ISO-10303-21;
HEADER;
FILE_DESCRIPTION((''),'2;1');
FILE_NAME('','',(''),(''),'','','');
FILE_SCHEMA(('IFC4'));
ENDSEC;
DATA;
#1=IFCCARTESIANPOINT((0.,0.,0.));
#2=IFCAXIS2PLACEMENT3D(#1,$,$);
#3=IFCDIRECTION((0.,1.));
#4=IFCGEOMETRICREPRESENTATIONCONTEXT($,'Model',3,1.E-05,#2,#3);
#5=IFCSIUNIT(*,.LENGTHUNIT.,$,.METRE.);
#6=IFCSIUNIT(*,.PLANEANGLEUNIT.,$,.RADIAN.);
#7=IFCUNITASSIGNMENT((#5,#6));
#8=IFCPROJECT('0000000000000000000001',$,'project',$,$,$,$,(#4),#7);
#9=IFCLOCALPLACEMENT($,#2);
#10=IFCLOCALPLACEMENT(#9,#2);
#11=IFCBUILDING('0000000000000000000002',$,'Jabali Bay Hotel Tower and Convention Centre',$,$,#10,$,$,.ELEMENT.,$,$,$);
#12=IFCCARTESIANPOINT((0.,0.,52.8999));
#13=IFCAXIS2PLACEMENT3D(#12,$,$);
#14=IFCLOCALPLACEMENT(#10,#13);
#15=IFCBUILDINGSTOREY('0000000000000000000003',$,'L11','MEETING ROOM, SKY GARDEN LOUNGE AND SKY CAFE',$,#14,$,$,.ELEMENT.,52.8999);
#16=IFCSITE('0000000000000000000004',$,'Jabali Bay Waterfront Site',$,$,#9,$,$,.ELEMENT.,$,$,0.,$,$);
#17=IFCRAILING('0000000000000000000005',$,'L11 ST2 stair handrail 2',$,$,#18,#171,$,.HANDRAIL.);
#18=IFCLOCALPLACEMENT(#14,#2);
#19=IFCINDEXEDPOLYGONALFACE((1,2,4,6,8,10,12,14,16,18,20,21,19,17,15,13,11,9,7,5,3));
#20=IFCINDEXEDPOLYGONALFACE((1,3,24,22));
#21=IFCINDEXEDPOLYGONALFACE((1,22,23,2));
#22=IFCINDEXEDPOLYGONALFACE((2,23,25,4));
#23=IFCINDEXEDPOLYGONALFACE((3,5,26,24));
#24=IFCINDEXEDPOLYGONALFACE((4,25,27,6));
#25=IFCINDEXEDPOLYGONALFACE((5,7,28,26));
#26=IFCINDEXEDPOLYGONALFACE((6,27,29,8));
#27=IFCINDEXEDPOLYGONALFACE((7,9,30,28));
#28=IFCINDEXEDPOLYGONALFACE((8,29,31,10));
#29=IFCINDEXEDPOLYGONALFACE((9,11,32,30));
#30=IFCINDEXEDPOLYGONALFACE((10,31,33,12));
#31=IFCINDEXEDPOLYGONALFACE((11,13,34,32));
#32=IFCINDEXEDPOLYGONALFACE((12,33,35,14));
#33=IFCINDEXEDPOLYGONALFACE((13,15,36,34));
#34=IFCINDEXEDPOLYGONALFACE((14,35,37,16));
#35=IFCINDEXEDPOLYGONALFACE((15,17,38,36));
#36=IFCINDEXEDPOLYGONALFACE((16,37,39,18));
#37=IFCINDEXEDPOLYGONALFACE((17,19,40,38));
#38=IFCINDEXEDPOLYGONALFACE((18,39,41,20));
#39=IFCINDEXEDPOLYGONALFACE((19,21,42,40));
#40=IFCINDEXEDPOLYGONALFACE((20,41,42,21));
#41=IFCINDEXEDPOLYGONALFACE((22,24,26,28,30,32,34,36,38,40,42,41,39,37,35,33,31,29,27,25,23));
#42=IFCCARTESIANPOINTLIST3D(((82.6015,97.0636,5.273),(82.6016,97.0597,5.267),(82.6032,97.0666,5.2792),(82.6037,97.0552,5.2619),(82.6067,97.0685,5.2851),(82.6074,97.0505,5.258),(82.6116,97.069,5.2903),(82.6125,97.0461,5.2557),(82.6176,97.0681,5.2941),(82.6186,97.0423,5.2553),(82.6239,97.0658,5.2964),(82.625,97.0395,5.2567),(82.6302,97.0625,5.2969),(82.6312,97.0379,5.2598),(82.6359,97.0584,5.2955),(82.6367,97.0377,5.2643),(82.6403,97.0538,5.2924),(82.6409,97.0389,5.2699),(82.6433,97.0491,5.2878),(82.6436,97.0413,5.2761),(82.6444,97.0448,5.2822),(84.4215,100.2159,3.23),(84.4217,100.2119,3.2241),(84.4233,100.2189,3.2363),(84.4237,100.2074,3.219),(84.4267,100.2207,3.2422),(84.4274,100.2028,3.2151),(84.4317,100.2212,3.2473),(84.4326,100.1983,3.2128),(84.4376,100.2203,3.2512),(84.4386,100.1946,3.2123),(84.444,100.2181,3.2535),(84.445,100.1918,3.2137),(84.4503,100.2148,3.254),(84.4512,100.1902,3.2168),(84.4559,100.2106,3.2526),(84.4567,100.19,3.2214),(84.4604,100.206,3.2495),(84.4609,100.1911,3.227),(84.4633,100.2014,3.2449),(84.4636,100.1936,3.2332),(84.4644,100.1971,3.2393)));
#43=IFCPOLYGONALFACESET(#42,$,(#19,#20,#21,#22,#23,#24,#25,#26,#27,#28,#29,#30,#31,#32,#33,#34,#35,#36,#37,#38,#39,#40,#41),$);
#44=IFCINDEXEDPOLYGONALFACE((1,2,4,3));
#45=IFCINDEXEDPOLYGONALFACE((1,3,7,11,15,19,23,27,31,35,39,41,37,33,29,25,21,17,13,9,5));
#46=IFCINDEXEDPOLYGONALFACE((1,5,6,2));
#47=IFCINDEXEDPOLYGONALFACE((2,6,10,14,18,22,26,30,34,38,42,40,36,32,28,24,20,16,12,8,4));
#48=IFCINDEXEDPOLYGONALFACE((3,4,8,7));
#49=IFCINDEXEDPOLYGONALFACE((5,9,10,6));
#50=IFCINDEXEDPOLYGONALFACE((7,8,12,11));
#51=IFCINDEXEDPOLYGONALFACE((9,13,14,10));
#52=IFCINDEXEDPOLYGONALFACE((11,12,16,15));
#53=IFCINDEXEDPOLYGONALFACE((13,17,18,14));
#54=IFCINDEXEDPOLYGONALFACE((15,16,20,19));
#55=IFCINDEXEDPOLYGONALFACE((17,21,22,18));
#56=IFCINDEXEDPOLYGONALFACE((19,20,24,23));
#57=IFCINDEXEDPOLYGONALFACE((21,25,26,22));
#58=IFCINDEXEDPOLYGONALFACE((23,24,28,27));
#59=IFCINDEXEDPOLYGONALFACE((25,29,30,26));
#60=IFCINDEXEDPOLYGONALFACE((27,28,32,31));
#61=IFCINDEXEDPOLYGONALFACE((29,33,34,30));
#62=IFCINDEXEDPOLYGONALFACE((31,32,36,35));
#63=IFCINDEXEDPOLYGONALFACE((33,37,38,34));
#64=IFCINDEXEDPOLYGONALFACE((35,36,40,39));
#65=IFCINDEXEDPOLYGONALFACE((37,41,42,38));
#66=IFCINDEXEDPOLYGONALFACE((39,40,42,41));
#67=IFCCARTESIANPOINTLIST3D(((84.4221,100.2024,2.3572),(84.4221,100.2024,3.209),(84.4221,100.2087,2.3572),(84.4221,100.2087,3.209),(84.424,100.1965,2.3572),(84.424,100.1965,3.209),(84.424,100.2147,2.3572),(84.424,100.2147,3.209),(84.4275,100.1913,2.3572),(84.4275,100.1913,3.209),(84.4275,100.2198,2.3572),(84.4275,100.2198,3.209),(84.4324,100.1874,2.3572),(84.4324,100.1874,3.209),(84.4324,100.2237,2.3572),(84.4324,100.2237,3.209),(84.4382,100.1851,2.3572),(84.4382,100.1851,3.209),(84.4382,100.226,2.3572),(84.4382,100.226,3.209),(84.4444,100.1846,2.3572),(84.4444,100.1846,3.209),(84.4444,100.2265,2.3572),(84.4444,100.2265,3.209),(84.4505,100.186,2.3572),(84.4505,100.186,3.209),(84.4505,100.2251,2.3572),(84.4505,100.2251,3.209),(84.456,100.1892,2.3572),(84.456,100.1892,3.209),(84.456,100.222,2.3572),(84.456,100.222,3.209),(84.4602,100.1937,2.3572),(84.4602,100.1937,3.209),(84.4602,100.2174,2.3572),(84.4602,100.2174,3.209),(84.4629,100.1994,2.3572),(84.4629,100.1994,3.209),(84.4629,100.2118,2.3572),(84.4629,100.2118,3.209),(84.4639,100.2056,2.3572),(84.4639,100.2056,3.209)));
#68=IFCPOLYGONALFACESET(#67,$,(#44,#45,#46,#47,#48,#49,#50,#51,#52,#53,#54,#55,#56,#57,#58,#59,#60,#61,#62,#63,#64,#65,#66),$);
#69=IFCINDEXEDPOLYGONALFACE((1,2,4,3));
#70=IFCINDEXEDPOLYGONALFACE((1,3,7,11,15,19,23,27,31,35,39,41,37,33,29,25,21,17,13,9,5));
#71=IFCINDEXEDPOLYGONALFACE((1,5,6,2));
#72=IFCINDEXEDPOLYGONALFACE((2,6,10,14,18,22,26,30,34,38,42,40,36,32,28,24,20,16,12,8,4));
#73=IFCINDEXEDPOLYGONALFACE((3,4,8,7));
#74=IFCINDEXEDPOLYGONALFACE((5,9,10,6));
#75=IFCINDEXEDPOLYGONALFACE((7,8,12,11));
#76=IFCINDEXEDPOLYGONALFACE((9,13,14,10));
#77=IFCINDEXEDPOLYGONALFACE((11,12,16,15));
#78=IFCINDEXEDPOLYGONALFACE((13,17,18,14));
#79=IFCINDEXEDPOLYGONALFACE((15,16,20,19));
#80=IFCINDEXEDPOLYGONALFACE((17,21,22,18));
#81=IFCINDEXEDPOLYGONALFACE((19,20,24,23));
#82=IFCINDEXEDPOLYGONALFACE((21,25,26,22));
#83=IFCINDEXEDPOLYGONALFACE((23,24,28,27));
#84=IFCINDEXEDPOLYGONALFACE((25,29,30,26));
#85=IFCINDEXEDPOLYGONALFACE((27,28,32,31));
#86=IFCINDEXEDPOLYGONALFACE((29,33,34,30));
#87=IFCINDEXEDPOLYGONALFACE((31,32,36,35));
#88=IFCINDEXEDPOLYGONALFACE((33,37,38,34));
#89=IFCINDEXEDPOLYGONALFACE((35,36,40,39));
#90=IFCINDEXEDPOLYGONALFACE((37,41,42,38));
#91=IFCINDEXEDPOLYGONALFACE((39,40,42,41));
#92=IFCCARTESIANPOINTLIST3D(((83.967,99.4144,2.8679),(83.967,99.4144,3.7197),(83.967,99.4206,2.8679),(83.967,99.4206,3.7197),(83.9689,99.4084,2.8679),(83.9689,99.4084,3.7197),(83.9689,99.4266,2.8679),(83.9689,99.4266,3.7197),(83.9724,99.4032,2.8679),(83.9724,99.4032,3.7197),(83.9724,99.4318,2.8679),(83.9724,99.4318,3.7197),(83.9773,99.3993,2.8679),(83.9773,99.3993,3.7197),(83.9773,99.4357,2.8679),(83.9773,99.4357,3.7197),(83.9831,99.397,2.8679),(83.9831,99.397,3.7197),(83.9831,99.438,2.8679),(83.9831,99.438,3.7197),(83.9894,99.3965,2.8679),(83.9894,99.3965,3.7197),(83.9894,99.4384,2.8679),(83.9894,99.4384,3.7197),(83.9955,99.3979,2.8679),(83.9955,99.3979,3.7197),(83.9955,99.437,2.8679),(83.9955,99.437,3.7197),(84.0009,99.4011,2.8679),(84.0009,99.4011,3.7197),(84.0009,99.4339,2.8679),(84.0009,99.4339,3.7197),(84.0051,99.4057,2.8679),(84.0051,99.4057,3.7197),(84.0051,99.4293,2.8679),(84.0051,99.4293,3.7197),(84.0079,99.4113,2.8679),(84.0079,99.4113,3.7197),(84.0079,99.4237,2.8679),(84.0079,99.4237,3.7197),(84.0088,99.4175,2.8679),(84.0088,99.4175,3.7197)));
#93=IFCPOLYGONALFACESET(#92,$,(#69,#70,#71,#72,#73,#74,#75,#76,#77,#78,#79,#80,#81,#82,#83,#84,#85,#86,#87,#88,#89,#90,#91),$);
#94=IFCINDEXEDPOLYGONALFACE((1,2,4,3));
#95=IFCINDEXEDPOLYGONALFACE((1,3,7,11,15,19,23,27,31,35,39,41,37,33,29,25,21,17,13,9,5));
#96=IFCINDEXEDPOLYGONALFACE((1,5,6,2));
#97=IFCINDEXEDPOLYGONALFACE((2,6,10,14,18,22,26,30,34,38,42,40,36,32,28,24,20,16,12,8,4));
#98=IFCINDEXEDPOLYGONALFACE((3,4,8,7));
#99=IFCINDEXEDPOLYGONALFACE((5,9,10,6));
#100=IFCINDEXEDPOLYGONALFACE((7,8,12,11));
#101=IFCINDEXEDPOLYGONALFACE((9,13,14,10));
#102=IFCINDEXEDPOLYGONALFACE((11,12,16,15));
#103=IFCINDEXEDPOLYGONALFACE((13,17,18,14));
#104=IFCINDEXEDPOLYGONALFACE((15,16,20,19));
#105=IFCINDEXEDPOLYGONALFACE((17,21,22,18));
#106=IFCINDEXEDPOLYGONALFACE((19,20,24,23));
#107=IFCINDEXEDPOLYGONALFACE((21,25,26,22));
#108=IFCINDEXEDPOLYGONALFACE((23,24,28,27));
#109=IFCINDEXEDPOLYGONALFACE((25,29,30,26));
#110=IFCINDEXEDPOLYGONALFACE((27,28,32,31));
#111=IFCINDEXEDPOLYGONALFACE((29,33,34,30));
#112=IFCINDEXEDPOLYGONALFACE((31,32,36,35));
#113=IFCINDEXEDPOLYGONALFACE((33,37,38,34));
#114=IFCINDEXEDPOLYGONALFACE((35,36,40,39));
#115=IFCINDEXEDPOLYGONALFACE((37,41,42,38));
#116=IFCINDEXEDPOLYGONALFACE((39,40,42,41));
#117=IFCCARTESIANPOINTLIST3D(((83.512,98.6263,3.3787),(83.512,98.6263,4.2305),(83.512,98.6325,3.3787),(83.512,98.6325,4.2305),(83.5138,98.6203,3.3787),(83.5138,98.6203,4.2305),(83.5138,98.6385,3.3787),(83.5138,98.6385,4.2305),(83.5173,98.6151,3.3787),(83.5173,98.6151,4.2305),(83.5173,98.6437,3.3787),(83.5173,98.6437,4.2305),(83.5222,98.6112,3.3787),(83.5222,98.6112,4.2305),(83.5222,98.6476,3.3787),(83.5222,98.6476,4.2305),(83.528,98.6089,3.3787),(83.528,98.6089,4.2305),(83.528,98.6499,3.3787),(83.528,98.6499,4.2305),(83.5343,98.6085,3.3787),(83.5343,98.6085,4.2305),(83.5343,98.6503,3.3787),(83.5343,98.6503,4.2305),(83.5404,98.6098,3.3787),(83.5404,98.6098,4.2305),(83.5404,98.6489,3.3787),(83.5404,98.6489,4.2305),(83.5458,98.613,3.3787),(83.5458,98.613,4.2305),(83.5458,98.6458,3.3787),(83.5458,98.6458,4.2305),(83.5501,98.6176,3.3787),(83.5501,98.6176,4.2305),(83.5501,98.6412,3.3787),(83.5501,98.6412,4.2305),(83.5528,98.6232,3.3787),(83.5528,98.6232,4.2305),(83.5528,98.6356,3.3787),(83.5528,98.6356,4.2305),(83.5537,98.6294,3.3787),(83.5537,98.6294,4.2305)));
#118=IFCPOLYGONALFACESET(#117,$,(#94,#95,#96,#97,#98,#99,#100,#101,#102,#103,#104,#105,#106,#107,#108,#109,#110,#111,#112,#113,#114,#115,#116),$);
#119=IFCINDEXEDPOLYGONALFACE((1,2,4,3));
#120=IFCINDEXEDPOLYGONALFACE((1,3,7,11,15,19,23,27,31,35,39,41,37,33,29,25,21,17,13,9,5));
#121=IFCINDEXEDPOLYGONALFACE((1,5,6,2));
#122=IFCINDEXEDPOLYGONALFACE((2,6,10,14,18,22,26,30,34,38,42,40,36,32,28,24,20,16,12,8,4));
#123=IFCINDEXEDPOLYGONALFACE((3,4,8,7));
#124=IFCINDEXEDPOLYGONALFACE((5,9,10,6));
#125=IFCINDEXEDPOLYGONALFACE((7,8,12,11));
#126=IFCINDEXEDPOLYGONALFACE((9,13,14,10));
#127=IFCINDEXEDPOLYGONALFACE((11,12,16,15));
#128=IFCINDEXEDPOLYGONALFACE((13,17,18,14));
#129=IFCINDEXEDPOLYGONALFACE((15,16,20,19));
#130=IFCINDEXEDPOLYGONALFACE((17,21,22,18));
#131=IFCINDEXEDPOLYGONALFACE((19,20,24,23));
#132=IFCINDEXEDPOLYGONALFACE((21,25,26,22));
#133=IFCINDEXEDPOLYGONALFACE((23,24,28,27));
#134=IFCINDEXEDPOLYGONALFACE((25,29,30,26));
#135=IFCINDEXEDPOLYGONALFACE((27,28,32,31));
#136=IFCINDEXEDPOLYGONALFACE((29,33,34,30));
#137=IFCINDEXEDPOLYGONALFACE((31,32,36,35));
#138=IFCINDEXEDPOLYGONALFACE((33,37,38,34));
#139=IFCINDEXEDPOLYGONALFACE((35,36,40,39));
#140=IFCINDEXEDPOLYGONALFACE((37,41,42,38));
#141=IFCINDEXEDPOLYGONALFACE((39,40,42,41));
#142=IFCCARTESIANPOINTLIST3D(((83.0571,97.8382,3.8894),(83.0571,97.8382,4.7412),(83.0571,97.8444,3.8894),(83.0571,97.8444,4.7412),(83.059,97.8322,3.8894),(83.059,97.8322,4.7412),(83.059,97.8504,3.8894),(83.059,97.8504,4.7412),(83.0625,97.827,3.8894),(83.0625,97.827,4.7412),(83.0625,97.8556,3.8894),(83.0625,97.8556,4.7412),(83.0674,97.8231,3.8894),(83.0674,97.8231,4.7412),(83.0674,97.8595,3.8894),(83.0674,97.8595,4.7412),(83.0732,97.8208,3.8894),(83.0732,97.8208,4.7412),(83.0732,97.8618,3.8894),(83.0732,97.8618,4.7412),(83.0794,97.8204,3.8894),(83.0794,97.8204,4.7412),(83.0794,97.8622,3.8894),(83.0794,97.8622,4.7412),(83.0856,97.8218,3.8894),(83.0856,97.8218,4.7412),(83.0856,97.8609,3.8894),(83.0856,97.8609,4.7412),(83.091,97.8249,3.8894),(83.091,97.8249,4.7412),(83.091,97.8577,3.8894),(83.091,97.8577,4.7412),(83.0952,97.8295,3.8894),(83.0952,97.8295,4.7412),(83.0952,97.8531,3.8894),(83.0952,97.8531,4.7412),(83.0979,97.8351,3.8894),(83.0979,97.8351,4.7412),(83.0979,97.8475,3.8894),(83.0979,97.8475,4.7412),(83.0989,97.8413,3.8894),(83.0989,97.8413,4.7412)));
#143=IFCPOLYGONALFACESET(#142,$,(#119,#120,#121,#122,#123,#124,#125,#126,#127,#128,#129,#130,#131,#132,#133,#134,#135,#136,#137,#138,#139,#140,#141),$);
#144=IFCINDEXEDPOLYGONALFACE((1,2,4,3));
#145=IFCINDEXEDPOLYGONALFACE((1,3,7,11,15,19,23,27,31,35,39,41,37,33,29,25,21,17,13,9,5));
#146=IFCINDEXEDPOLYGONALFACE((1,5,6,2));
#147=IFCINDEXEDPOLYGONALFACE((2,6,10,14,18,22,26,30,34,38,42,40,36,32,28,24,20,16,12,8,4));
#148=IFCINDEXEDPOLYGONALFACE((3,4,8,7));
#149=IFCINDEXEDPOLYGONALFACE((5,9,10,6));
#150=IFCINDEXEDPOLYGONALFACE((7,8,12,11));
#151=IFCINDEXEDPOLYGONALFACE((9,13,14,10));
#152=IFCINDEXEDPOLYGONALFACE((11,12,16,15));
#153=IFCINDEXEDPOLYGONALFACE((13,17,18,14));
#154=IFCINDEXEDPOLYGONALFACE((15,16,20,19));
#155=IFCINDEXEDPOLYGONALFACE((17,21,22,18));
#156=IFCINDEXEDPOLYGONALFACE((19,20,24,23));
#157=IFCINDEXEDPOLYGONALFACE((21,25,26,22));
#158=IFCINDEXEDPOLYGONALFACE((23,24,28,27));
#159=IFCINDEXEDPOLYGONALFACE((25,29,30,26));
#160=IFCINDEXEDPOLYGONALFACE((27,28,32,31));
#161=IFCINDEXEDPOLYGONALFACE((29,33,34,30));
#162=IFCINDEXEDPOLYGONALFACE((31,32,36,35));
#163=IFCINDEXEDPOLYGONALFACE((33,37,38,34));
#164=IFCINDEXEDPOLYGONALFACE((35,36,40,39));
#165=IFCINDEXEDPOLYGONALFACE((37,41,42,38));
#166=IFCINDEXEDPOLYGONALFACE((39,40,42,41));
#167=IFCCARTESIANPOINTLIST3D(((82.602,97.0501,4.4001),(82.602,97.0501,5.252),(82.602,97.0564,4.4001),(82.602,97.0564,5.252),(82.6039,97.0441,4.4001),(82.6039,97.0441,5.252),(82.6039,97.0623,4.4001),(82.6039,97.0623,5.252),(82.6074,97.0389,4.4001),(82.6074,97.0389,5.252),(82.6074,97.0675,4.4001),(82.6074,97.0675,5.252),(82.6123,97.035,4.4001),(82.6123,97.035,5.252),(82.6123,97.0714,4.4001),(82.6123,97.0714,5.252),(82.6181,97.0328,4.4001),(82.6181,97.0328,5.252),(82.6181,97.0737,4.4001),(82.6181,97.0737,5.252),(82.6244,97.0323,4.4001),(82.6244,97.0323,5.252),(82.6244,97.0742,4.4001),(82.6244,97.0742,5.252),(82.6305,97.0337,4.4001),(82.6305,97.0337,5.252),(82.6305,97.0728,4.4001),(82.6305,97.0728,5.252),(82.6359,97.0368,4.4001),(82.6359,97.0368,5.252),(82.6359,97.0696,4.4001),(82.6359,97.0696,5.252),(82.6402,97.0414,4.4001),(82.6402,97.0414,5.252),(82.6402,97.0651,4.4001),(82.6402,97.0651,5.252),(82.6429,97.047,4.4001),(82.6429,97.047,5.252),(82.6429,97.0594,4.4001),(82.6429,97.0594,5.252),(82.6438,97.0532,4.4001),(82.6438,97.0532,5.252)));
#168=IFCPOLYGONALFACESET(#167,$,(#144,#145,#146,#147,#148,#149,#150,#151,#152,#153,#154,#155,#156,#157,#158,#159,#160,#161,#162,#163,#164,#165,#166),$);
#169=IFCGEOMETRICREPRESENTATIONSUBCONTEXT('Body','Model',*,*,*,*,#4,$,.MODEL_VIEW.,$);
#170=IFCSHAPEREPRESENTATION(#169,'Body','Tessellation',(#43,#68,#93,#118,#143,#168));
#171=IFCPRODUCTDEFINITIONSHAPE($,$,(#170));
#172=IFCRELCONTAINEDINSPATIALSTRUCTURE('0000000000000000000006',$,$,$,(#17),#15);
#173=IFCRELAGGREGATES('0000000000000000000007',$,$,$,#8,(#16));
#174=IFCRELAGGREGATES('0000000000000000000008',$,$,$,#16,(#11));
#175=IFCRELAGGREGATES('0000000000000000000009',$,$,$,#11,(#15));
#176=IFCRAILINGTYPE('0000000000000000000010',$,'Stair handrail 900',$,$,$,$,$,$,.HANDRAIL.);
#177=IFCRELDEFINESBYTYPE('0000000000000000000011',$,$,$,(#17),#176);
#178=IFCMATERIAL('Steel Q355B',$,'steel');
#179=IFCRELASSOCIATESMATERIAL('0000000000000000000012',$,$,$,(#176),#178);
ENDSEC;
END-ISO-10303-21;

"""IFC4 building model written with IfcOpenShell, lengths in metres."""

from ifc_helpers import new_model, si_unit, direction, frame, origin, origin_2d, place, context, subcontext, project, spatial, circle, extrude, material, type_object, element, save


model = new_model("IFC4")

# Units and contexts
model_context = context("Model", 3, precision=1e-05, world=origin(), true_north=direction((0.0, 1.0)))
body_context = subcontext(model_context, "Body", "Model", "MODEL_VIEW")
ifc_project = project(units=[si_unit("LENGTHUNIT", "METRE"), si_unit("PLANEANGLEUNIT", "RADIAN")], contexts=[model_context])

# Site, building, storey
site_placement = place(None, origin())
site = spatial("IfcSite", under=ifc_project, at=site_placement, Name="Jabali Bay Waterfront Site", CompositionType="ELEMENT", RefElevation=0.0)
building_placement = place(site_placement, origin())
building = spatial("IfcBuilding", under=site, at=building_placement, Name="Jabali Bay Hotel Tower and Convention Centre", CompositionType="ELEMENT")
storey_placement = place(building_placement, frame((0.0, 0.0, 52.8999)))
storey = spatial("IfcBuildingStorey", under=building, at=storey_placement, Name="L11", Description="MEETING ROOM, SKY GARDEN LOUNGE AND SKY CAFE", CompositionType="ELEMENT", Elevation=52.8999)

# Railing
ifc_material_1 = material(Name="Steel Q355B", Category="steel")
railing_type_1 = type_object("IfcRailingType", Name="Stair handrail 900", PredefinedType="HANDRAIL", material=ifc_material_1)
railing_1_placement = place(storey_placement, frame((84.4429, 100.2056, 2.3572)))
element("IfcRailing", 1, at=railing_1_placement, inside=storey, type_object=railing_type_1, Name="L11 ST2 stair handrail 2", PredefinedType="HANDRAIL", context=body_context, shape_type="SweptSolid", body=[
    extrude(circle(Radius=0.0239, at=origin_2d()), frame((0.0, 0.0, 0.876), z_axis=(-0.436032, -0.755204, 0.489432), x_axis=(0.866018, -0.500013, 0.0)), (0.0, 0.0, 1.0), 4.1741),
    extrude(circle(Radius=0.021, at=origin_2d()), origin(), (0.0, 0.0, 1.0), 0.8518),
    extrude(circle(Radius=0.021, at=origin_2d()), frame((-0.4551, -0.7881, 0.5107)), (0.0, 0.0, 1.0), 0.8518),
    extrude(circle(Radius=0.021, at=origin_2d()), frame((-0.9102, -1.5762, 1.0215)), (0.0, 0.0, 1.0), 0.8518),
    extrude(circle(Radius=0.021, at=origin_2d()), frame((-1.365, -2.3643, 1.5322)), (0.0, 0.0, 1.0), 0.8518),
    extrude(circle(Radius=0.021, at=origin_2d()), frame((-1.8201, -3.1523, 2.043)), (0.0, 0.0, 1.0), 0.8518),
])

save(model, "model.ifc")
